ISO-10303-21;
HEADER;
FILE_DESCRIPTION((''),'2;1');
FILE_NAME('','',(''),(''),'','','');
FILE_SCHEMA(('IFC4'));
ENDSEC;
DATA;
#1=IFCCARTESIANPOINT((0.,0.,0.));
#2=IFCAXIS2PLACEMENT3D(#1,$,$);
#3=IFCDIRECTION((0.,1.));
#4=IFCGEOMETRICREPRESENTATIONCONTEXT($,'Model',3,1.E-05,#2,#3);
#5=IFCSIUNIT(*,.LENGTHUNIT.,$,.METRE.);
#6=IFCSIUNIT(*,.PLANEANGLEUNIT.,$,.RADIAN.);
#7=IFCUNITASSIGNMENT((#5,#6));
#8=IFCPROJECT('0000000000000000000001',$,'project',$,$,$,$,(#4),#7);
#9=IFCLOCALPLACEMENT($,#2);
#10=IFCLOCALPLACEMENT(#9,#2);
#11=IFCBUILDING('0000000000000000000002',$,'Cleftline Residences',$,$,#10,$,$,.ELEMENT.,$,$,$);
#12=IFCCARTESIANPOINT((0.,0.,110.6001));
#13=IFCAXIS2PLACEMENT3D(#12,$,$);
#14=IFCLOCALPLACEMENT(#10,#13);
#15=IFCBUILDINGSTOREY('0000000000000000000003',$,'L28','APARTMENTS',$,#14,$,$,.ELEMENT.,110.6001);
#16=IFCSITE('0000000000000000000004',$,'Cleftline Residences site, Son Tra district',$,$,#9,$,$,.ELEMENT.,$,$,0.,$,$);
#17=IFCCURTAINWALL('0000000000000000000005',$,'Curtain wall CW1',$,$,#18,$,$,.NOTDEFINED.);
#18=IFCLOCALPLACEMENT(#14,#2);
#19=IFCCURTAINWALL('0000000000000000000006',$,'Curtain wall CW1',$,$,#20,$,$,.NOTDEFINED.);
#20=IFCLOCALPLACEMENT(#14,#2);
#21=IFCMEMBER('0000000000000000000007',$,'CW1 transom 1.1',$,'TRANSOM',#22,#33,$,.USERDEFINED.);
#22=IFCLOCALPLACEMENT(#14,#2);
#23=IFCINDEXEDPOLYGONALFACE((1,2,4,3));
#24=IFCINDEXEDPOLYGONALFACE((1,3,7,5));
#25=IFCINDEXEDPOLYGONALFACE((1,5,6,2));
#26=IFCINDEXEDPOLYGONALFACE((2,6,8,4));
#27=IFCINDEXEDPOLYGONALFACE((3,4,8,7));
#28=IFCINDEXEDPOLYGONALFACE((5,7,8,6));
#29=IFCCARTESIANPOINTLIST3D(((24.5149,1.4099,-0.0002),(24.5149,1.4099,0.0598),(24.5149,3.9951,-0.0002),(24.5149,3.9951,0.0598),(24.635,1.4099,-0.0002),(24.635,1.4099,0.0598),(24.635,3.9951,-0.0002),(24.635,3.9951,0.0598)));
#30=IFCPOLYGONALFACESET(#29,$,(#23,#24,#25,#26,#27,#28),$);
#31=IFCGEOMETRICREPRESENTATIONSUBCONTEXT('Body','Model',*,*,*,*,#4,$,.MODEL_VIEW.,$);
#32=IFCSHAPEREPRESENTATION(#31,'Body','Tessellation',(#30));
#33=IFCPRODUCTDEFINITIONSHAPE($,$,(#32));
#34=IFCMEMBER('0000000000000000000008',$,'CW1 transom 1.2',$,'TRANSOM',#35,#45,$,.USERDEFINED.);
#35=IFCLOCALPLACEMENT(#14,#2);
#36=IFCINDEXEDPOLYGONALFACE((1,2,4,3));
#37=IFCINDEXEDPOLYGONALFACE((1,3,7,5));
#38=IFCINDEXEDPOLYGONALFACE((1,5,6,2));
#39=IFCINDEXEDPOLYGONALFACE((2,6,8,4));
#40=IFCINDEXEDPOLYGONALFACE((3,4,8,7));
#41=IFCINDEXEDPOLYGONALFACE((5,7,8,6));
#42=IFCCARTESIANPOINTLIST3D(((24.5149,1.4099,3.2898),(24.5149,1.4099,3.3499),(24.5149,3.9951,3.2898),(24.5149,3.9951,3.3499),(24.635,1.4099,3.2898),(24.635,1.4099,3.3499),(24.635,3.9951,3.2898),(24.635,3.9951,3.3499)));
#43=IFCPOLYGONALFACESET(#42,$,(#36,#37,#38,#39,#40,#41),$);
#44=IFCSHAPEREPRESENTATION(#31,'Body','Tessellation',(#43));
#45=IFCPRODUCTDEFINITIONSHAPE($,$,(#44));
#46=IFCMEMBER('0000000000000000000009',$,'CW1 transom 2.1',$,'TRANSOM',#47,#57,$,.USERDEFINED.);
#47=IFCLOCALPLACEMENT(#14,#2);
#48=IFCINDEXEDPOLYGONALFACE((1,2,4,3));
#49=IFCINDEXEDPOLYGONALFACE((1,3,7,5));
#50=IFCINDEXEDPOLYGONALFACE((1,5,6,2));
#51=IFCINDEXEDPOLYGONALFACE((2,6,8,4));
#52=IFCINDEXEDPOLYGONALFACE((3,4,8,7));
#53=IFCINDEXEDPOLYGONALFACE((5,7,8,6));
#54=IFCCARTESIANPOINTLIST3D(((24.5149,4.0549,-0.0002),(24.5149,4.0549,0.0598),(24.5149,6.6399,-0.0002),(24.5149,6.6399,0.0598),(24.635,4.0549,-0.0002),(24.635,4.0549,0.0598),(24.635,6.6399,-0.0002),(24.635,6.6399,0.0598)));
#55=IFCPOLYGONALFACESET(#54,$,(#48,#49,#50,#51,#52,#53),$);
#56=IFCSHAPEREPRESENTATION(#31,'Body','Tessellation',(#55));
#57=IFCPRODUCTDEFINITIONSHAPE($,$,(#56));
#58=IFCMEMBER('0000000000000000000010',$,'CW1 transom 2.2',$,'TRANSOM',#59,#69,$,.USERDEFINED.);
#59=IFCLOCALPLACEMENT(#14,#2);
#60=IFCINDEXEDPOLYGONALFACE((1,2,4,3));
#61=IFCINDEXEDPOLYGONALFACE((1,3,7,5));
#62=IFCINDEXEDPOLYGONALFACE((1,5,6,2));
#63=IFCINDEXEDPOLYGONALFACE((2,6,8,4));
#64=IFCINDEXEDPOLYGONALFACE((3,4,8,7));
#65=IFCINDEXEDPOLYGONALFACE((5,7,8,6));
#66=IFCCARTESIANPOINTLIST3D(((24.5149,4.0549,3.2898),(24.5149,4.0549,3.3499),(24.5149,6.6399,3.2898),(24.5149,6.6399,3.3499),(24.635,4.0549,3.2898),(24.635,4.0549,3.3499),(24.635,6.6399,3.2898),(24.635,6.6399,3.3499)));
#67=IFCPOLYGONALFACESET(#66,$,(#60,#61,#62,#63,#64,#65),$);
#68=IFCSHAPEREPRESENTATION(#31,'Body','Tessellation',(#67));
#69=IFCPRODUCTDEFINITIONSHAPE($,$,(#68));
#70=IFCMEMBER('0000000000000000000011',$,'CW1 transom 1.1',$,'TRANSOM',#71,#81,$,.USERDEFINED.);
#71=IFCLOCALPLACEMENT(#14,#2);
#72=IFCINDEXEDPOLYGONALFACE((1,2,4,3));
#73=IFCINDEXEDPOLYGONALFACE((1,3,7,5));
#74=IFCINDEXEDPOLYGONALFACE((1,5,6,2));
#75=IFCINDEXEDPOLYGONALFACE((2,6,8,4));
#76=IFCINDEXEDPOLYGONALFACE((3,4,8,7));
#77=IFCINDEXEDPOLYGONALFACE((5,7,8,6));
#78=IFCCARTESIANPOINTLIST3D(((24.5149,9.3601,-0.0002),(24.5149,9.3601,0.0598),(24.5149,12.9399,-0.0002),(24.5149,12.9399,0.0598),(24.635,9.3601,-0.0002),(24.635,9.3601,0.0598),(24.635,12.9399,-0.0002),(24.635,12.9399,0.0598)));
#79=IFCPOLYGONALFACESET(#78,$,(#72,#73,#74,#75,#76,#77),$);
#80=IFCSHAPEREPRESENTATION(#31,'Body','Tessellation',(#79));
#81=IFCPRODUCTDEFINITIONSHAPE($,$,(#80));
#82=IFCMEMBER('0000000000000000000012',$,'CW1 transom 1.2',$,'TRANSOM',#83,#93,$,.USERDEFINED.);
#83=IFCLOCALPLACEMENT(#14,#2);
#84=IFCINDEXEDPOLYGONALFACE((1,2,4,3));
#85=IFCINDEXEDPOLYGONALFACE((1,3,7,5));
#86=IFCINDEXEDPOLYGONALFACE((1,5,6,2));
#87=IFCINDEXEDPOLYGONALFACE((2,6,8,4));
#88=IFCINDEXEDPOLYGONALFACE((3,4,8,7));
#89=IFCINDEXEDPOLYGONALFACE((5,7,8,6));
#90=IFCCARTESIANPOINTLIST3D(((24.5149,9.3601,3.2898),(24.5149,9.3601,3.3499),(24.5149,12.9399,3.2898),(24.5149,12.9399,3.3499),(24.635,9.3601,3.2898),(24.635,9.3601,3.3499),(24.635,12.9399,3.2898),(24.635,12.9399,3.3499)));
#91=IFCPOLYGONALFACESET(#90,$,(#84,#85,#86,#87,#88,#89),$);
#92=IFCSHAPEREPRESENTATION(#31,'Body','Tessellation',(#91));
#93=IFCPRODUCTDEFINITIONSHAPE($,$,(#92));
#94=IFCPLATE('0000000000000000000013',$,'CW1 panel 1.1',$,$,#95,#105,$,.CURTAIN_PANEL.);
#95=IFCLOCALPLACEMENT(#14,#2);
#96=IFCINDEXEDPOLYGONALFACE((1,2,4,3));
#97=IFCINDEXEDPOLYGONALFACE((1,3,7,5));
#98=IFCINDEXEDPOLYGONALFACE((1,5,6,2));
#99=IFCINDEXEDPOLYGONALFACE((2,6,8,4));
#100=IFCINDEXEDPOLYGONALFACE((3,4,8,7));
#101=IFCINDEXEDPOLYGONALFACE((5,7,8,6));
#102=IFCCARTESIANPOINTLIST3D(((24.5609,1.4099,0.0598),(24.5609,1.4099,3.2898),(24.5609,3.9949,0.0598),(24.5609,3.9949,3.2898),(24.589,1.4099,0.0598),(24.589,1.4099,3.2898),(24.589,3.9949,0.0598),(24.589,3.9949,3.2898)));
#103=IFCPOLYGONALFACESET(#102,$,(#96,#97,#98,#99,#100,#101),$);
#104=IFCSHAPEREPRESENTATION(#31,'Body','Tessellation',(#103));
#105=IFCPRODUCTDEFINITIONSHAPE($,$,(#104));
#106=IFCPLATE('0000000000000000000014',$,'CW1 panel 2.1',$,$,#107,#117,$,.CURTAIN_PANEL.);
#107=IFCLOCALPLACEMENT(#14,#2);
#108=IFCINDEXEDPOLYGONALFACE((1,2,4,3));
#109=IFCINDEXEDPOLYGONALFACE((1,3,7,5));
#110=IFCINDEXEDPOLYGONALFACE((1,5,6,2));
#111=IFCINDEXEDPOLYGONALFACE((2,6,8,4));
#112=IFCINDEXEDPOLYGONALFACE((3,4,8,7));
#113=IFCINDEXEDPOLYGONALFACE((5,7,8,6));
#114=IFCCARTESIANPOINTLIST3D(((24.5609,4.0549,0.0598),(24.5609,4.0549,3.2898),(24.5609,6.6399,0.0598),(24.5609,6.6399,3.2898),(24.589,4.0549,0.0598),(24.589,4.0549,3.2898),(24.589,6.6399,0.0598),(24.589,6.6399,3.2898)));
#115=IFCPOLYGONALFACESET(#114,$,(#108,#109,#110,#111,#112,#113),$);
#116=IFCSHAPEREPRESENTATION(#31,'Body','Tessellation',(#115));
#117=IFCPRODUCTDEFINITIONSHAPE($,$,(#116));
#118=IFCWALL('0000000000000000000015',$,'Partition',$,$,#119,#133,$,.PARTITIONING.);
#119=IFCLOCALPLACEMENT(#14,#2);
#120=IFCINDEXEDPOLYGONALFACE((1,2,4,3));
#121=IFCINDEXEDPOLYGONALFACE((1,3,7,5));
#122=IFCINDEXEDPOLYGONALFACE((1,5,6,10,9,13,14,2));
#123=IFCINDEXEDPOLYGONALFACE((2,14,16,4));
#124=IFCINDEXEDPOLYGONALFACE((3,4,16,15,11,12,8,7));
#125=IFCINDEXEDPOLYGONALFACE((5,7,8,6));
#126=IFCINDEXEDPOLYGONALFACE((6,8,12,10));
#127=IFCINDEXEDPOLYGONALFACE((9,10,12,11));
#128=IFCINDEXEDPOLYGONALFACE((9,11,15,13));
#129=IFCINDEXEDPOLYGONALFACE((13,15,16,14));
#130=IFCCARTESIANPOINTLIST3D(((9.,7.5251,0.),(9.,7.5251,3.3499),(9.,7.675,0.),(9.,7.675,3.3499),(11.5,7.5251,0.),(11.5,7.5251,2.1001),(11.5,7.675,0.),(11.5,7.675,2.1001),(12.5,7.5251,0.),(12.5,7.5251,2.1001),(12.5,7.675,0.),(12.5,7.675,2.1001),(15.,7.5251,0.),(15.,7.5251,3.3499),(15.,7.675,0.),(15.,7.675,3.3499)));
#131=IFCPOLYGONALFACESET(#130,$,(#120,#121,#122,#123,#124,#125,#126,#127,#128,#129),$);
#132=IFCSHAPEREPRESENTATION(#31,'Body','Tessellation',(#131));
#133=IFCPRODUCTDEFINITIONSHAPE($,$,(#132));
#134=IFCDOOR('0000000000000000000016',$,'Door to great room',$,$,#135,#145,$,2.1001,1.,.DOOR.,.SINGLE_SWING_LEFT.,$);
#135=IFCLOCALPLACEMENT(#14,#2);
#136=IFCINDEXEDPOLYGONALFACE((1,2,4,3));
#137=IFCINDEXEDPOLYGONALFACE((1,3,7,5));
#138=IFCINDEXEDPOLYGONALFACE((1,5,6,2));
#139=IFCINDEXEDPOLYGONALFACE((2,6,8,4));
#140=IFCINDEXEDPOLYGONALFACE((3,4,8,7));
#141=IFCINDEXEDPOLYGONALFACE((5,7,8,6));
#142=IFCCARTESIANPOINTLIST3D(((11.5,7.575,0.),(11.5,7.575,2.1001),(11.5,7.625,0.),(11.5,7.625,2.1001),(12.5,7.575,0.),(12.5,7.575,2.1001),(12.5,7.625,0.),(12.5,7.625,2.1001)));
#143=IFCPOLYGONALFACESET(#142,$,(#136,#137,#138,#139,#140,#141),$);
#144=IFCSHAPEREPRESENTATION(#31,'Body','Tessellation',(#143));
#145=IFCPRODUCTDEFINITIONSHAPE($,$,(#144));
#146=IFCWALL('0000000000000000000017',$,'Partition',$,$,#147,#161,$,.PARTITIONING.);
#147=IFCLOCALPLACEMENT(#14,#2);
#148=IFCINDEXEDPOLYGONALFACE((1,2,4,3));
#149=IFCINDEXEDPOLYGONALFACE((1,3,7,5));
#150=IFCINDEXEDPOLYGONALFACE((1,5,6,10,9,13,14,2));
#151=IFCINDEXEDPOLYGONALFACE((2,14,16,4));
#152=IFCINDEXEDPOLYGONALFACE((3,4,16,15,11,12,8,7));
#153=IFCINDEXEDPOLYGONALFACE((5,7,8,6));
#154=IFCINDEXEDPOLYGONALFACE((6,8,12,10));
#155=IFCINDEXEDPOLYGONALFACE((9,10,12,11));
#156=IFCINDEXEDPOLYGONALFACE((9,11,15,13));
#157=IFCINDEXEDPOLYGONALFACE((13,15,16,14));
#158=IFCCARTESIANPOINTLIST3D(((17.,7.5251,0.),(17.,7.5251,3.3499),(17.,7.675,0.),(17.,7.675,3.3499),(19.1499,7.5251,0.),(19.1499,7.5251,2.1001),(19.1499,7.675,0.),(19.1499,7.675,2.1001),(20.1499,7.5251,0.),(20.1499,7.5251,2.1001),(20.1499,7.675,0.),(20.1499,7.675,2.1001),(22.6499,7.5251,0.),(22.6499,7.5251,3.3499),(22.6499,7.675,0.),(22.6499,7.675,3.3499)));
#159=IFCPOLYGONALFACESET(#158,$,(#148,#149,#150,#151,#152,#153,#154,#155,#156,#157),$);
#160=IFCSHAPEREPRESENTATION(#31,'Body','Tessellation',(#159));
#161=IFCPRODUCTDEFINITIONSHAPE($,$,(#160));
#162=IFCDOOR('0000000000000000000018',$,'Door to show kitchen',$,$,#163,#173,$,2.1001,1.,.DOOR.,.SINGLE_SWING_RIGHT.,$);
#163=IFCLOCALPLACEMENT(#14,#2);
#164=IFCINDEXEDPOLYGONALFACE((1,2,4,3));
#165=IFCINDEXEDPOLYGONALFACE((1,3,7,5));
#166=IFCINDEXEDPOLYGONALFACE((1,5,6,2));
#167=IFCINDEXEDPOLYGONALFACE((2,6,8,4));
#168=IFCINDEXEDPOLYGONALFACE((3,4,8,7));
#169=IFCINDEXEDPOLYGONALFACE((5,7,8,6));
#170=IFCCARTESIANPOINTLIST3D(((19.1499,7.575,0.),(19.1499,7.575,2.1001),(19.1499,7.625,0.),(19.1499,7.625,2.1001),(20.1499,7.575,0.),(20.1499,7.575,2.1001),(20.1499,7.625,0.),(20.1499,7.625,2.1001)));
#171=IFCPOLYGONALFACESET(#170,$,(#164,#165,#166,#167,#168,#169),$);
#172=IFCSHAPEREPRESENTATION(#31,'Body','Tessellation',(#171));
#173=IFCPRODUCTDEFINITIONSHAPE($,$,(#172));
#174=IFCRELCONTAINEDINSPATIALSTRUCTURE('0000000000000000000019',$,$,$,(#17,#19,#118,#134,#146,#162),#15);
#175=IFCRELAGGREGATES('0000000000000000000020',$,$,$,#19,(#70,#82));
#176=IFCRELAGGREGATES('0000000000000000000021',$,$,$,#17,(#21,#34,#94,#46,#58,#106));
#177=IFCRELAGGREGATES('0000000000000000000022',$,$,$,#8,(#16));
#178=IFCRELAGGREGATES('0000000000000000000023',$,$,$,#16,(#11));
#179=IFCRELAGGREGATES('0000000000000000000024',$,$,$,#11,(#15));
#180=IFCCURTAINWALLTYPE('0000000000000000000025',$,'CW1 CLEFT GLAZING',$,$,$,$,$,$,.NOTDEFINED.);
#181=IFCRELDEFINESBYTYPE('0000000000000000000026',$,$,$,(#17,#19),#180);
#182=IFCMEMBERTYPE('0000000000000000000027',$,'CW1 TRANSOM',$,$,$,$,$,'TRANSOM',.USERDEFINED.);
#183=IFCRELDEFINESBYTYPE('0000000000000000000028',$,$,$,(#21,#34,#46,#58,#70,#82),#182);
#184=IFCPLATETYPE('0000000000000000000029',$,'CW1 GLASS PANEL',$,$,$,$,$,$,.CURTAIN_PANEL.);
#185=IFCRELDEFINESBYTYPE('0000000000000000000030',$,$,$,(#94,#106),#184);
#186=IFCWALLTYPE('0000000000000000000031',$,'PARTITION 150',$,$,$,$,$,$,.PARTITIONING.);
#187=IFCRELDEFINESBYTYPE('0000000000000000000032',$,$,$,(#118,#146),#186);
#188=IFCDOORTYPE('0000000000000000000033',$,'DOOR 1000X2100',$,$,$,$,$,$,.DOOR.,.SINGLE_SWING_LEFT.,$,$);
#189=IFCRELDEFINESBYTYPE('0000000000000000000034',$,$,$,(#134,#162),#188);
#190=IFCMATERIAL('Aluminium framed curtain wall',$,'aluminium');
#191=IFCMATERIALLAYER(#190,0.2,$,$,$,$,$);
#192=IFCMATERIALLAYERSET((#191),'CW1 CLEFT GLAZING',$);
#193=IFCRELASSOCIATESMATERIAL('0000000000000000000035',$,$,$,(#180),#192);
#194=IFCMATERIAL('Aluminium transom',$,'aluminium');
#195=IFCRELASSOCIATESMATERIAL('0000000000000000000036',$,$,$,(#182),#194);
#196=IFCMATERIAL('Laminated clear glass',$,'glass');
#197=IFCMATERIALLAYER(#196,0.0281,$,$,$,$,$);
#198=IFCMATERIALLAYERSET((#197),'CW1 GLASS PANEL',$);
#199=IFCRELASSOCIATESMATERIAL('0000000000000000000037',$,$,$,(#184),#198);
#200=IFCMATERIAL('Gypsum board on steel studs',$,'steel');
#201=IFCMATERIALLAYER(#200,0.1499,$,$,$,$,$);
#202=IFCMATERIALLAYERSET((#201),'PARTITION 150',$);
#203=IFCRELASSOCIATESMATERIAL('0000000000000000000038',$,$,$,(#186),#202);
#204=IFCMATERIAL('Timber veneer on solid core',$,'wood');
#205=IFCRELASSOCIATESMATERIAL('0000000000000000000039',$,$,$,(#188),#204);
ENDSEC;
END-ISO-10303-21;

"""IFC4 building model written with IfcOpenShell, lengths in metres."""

from ifc_helpers import new_model, si_unit, direction, frame, frame_2d, origin, origin_2d, place, context, subcontext, project, spatial, rectangle, extrude, material, layer, layer_set, material_profile, profile_set, type_object, element, fill, aggregate, save


model = new_model("IFC4")

# Units and contexts
model_context = context("Model", 3, precision=1e-05, world=origin(), true_north=direction((0.0, 1.0)))
body_context = subcontext(model_context, "Body", "Model", "MODEL_VIEW")
ifc_project = project(units=[si_unit("LENGTHUNIT", "METRE"), si_unit("PLANEANGLEUNIT", "RADIAN")], contexts=[model_context])

# Site, building, storey
site_placement = place(None, origin())
site = spatial("IfcSite", under=ifc_project, at=site_placement, Name="Cleftline Residences site, Son Tra district", CompositionType="ELEMENT", RefElevation=0.0)
building_placement = place(site_placement, origin())
building = spatial("IfcBuilding", under=site, at=building_placement, Name="Cleftline Residences", CompositionType="ELEMENT")
storey_placement = place(building_placement, frame((0.0, 0.0, 110.6001)))
storey = spatial("IfcBuildingStorey", under=building, at=storey_placement, Name="L28", Description="APARTMENTS", CompositionType="ELEMENT", Elevation=110.6001)

# Curtain wall
ifc_material_1 = material(Name="Aluminium framed curtain wall", Category="aluminium")
ifc_layer_1 = layer(ifc_material_1, 0.2)
ifc_layer_set_1 = layer_set([ifc_layer_1], Name="CW1 CLEFT GLAZING")
curtain_wall_type = type_object("IfcCurtainWallType", Name="CW1 CLEFT GLAZING", PredefinedType="NOTDEFINED", material=ifc_layer_set_1)
curtain_wall_1_placement = place(storey_placement, origin())
curtain_wall_1 = element("IfcCurtainWall", 1, at=curtain_wall_1_placement, inside=storey, type_object=curtain_wall_type, Name="Curtain wall CW1", PredefinedType="NOTDEFINED")

# Curtain wall
curtain_wall_2_placement = place(storey_placement, origin())
curtain_wall_2 = element("IfcCurtainWall", 2, at=curtain_wall_2_placement, inside=storey, type_object=curtain_wall_type, Name="Curtain wall CW1", PredefinedType="NOTDEFINED")

# Members
ifc_material_2 = material(Name="Aluminium transom", Category="aluminium")
ifc_material_profile_1 = material_profile(ifc_material_2, rectangle(XDim=0.1201, YDim=0.0601, at=origin_2d()))
ifc_profile_set_1 = profile_set([ifc_material_profile_1], Name="Aluminium transom")
member_type_1 = type_object("IfcMemberType", Name="CW1 TRANSOM", ElementType="TRANSOM", PredefinedType="USERDEFINED", material=ifc_profile_set_1)
member_1_placement = place(storey_placement, frame((24.575, 1.4099, 0.0298), z_axis=(0.0, 1.0, 0.0), x_axis=(-1.0, 0.0, 0.0)))
member_1 = element("IfcMember", 3, at=member_1_placement, type_object=member_type_1, Name="CW1 transom 1.1", ObjectType="TRANSOM", PredefinedType="USERDEFINED", context=body_context, shape_type="SweptSolid", body=[
    extrude(rectangle(XDim=0.1201, YDim=0.0601, at=origin_2d()), origin(), (0.0, 0.0, 1.0), 2.5852),
])
member_2_placement = place(storey_placement, frame((24.575, 1.4099, 3.3198), z_axis=(0.0, 1.0, 0.0), x_axis=(-1.0, 0.0, 0.0)))
member_2 = element("IfcMember", 4, at=member_2_placement, type_object=member_type_1, Name="CW1 transom 1.2", ObjectType="TRANSOM", PredefinedType="USERDEFINED", context=body_context, shape_type="SweptSolid", body=[
    extrude(rectangle(XDim=0.1201, YDim=0.0601, at=origin_2d()), origin(), (0.0, 0.0, 1.0), 2.5852),
])
member_3_placement = place(storey_placement, frame((24.575, 4.0549, 0.0298), z_axis=(0.0, 1.0, 0.0), x_axis=(-1.0, 0.0, 0.0)))
member_3 = element("IfcMember", 5, at=member_3_placement, type_object=member_type_1, Name="CW1 transom 2.1", ObjectType="TRANSOM", PredefinedType="USERDEFINED", context=body_context, shape_type="SweptSolid", body=[
    extrude(rectangle(XDim=0.1201, YDim=0.0601, at=origin_2d()), origin(), (0.0, 0.0, 1.0), 2.585),
])
member_4_placement = place(storey_placement, frame((24.575, 4.0549, 3.3198), z_axis=(0.0, 1.0, 0.0), x_axis=(-1.0, 0.0, 0.0)))
member_4 = element("IfcMember", 6, at=member_4_placement, type_object=member_type_1, Name="CW1 transom 2.2", ObjectType="TRANSOM", PredefinedType="USERDEFINED", context=body_context, shape_type="SweptSolid", body=[
    extrude(rectangle(XDim=0.1201, YDim=0.0601, at=origin_2d()), origin(), (0.0, 0.0, 1.0), 2.585),
])
member_5_placement = place(storey_placement, frame((24.575, 9.3601, 0.0298), z_axis=(0.0, 1.0, 0.0), x_axis=(-1.0, 0.0, 0.0)))
member_5 = element("IfcMember", 7, at=member_5_placement, type_object=member_type_1, Name="CW1 transom 1.1", ObjectType="TRANSOM", PredefinedType="USERDEFINED", context=body_context, shape_type="SweptSolid", body=[
    extrude(rectangle(XDim=0.1201, YDim=0.0601, at=origin_2d()), origin(), (0.0, 0.0, 1.0), 3.5798),
])
member_6_placement = place(storey_placement, frame((24.575, 9.3601, 3.3198), z_axis=(0.0, 1.0, 0.0), x_axis=(-1.0, 0.0, 0.0)))
member_6 = element("IfcMember", 8, at=member_6_placement, type_object=member_type_1, Name="CW1 transom 1.2", ObjectType="TRANSOM", PredefinedType="USERDEFINED", context=body_context, shape_type="SweptSolid", body=[
    extrude(rectangle(XDim=0.1201, YDim=0.0601, at=origin_2d()), origin(), (0.0, 0.0, 1.0), 3.5798),
])
aggregate(curtain_wall_2, [member_5, member_6])

# Plates
ifc_material_3 = material(Name="Laminated clear glass", Category="glass")
ifc_layer_2 = layer(ifc_material_3, 0.0281)
ifc_layer_set_2 = layer_set([ifc_layer_2], Name="CW1 GLASS PANEL")
plate_type = type_object("IfcPlateType", Name="CW1 GLASS PANEL", PredefinedType="CURTAIN_PANEL", material=ifc_layer_set_2)
plate_1_placement = place(storey_placement, frame((24.575, 2.7024, 0.0598), z_axis=(0.0, 0.0, 1.0), x_axis=(0.0, 1.0, 0.0)))
plate_1 = element("IfcPlate", 9, at=plate_1_placement, type_object=plate_type, Name="CW1 panel 1.1", PredefinedType="CURTAIN_PANEL", context=body_context, shape_type="SweptSolid", body=[
    extrude(rectangle(XDim=2.585, YDim=0.0281, at=origin_2d()), origin(), (0.0, 0.0, 1.0), 3.23),
])
plate_2_placement = place(storey_placement, frame((24.575, 5.3474, 0.0598), z_axis=(0.0, 0.0, 1.0), x_axis=(0.0, 1.0, 0.0)))
plate_2 = element("IfcPlate", 10, at=plate_2_placement, type_object=plate_type, Name="CW1 panel 2.1", PredefinedType="CURTAIN_PANEL", context=body_context, shape_type="SweptSolid", body=[
    extrude(rectangle(XDim=2.585, YDim=0.0281, at=origin_2d()), origin(), (0.0, 0.0, 1.0), 3.23),
])
aggregate(curtain_wall_1, [member_1, member_2, plate_1, member_3, member_4, plate_2])

# Walls, openings, doors
ifc_material_4 = material(Name="Gypsum board on steel studs", Category="steel")
ifc_layer_3 = layer(ifc_material_4, 0.1499)
ifc_layer_set_3 = layer_set([ifc_layer_3], Name="PARTITION 150")
wall_type = type_object("IfcWallType", Name="PARTITION 150", PredefinedType="PARTITIONING", material=ifc_layer_set_3)
wall_1_placement = place(storey_placement, frame((9.0, 7.6001, 0.0), z_axis=(0.0, 0.0, 1.0), x_axis=(1.0, 0.0, 0.0)))
wall_1 = element("IfcWall", 11, at=wall_1_placement, inside=storey, type_object=wall_type, Name="Partition", PredefinedType="PARTITIONING", context=body_context, shape_type="SweptSolid", body=[
    extrude(rectangle(XDim=6.0, YDim=0.1499, at=frame_2d((3.0, 0.0))), origin(), (0.0, 0.0, 1.0), 3.3499),
])
opening_1_placement = place(wall_1_placement, frame((2.5, 0.0, 0.0)))
opening_1 = element("IfcOpeningElement", 12, at=opening_1_placement, cuts=wall_1, PredefinedType="OPENING", context=body_context, shape_type="SweptSolid", body=[
    extrude(rectangle(XDim=1.0, YDim=2.1001, at=frame_2d((0.5, 1.05))), frame((0.0, 0.085, 0.0), z_axis=(0.0, -1.0, 0.0), x_axis=(1.0, 0.0, 0.0)), (0.0, 0.0, 1.0), 0.1699),
])
ifc_material_5 = material(Name="Timber veneer on solid core", Category="wood")
door_type_1 = type_object("IfcDoorType", Name="DOOR 1000X2100", OperationType="SINGLE_SWING_LEFT", PredefinedType="DOOR", material=ifc_material_5)
door_1_placement = place(opening_1_placement, origin())
door_1 = element("IfcDoor", 13, at=door_1_placement, inside=storey, type_object=door_type_1, Name="Door to great room", OperationType="SINGLE_SWING_LEFT", OverallHeight=2.1001, OverallWidth=1.0, PredefinedType="DOOR", context=body_context, shape_type="SweptSolid", body=[
    extrude(rectangle(XDim=1.0, YDim=2.1001, at=frame_2d((0.5, 1.05))), frame((0.0, 0.0249, 0.0), z_axis=(0.0, -1.0, 0.0), x_axis=(1.0, 0.0, 0.0)), (0.0, 0.0, 1.0), 0.05),
])
fill(opening_1, door_1)
wall_2_placement = place(storey_placement, frame((17.0, 7.6001, 0.0), z_axis=(0.0, 0.0, 1.0), x_axis=(1.0, 0.0, 0.0)))
wall_2 = element("IfcWall", 14, at=wall_2_placement, inside=storey, type_object=wall_type, Name="Partition", PredefinedType="PARTITIONING", context=body_context, shape_type="SweptSolid", body=[
    extrude(rectangle(XDim=5.6499, YDim=0.1499, at=frame_2d((2.825, 0.0))), origin(), (0.0, 0.0, 1.0), 3.3499),
])
opening_2_placement = place(wall_2_placement, frame((2.1499, 0.0, 0.0)))
opening_2 = element("IfcOpeningElement", 15, at=opening_2_placement, cuts=wall_2, PredefinedType="OPENING", context=body_context, shape_type="SweptSolid", body=[
    extrude(rectangle(XDim=1.0, YDim=2.1001, at=frame_2d((0.5, 1.05))), frame((0.0, 0.085, 0.0), z_axis=(0.0, -1.0, 0.0), x_axis=(1.0, 0.0, 0.0)), (0.0, 0.0, 1.0), 0.1699),
])
door_2_placement = place(opening_2_placement, origin())
door_2 = element("IfcDoor", 16, at=door_2_placement, inside=storey, type_object=door_type_1, Name="Door to show kitchen", OperationType="SINGLE_SWING_RIGHT", OverallHeight=2.1001, OverallWidth=1.0, PredefinedType="DOOR", context=body_context, shape_type="SweptSolid", body=[
    extrude(rectangle(XDim=1.0, YDim=2.1001, at=frame_2d((0.5, 1.05))), frame((0.0, 0.0249, 0.0), z_axis=(0.0, -1.0, 0.0), x_axis=(1.0, 0.0, 0.0)), (0.0, 0.0, 1.0), 0.05),
])
fill(opening_2, door_2)

save(model, "model.ifc")
